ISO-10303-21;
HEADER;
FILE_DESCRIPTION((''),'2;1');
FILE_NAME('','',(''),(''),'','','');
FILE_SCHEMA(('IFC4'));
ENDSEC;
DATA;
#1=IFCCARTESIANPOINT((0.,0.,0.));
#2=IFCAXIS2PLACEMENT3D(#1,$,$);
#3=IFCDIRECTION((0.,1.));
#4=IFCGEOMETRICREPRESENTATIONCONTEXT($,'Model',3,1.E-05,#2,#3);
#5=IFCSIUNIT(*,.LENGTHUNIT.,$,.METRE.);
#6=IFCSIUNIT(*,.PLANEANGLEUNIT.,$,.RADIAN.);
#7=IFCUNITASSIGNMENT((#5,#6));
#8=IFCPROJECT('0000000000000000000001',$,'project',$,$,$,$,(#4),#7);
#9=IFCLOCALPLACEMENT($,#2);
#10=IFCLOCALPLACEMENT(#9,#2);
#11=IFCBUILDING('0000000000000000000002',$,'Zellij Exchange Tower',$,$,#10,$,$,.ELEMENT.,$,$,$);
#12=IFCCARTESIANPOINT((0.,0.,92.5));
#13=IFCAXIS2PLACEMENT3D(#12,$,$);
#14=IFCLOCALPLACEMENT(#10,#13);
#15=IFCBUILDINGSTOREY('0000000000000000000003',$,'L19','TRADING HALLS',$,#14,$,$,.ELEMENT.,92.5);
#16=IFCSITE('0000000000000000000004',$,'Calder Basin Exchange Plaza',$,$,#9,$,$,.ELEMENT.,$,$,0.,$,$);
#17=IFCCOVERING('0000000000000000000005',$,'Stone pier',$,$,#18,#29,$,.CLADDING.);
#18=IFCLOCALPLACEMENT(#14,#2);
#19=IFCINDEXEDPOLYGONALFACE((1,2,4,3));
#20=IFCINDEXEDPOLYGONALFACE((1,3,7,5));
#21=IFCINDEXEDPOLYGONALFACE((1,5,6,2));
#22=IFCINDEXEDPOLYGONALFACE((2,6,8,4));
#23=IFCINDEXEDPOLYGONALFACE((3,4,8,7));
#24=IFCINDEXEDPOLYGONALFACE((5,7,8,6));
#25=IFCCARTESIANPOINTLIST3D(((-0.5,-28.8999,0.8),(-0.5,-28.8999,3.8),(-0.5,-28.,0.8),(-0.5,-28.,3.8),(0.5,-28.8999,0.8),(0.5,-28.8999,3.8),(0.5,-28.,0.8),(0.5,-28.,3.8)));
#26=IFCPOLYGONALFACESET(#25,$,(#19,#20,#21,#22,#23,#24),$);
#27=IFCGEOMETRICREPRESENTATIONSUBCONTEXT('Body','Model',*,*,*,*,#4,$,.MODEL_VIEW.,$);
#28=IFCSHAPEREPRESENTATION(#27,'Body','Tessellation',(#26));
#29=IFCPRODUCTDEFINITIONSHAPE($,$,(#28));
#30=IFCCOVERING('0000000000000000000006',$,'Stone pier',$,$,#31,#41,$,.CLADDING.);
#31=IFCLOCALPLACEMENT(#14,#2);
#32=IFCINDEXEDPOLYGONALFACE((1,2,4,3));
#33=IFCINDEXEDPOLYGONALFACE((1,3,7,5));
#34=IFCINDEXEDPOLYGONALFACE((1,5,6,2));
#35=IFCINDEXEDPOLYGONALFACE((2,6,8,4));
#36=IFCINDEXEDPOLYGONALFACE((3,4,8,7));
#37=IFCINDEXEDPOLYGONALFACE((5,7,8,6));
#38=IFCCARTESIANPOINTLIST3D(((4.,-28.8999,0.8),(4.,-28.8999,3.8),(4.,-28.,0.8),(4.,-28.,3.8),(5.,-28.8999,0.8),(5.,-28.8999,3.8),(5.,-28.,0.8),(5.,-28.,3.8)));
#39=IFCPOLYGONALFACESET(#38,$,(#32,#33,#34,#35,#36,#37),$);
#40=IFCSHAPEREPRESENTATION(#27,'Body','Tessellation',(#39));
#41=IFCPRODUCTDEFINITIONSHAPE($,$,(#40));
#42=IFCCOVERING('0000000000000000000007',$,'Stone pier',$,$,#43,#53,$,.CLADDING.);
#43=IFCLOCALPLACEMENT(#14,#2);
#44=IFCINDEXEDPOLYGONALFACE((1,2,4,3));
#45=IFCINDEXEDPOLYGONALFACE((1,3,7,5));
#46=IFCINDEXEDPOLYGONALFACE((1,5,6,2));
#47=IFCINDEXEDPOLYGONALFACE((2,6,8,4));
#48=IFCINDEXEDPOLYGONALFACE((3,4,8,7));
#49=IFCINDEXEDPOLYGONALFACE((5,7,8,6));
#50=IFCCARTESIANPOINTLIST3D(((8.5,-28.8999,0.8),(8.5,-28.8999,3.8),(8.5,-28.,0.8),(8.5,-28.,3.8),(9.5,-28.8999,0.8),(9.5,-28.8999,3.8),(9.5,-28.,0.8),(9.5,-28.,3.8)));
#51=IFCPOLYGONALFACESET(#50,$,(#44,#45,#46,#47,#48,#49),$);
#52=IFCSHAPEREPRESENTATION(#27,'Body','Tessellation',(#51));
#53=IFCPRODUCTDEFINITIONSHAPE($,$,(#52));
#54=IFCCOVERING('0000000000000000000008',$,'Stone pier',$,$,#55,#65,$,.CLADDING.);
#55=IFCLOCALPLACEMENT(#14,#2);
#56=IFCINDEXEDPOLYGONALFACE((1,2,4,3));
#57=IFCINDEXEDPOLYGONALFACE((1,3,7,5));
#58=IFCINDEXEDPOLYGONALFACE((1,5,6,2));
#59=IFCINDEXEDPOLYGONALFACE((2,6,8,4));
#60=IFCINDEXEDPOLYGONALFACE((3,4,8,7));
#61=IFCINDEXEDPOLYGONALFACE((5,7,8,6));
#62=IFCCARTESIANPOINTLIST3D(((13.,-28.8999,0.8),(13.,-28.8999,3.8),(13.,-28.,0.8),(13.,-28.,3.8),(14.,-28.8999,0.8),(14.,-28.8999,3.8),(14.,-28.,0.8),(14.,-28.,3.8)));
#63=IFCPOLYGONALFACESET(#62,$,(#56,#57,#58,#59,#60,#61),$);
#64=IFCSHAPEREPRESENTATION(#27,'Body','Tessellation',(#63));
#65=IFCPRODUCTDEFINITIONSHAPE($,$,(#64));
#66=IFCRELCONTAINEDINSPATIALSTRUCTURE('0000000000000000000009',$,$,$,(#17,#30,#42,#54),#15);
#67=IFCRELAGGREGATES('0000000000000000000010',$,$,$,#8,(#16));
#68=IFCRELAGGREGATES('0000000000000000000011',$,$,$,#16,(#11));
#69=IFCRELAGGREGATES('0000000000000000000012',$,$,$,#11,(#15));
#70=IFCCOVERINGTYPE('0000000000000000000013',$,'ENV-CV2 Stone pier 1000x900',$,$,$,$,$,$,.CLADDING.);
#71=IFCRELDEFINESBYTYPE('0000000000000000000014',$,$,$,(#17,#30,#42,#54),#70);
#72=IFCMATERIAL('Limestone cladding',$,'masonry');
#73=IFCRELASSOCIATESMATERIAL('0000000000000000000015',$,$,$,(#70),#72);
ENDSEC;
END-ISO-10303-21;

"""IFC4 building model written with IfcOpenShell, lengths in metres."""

from ifc_helpers import new_model, si_unit, direction, frame, origin, place, context, subcontext, project, spatial, polyline, outline, extrude, material, type_object, element, save


model = new_model("IFC4")

# Units and contexts
model_context = context("Model", 3, precision=1e-05, world=origin(), true_north=direction((0.0, 1.0)))
body_context = subcontext(model_context, "Body", "Model", "MODEL_VIEW")
ifc_project = project(units=[si_unit("LENGTHUNIT", "METRE"), si_unit("PLANEANGLEUNIT", "RADIAN")], contexts=[model_context])

# Site, building, storey
site_placement = place(None, origin())
site = spatial("IfcSite", under=ifc_project, at=site_placement, Name="Calder Basin Exchange Plaza", CompositionType="ELEMENT", RefElevation=0.0)
building_placement = place(site_placement, origin())
building = spatial("IfcBuilding", under=site, at=building_placement, Name="Zellij Exchange Tower", CompositionType="ELEMENT")
storey_placement = place(building_placement, frame((0.0, 0.0, 92.5)))
storey = spatial("IfcBuildingStorey", under=building, at=storey_placement, Name="L19", Description="TRADING HALLS", CompositionType="ELEMENT", Elevation=92.5)

# Coverings
ifc_material_1 = material(Name="Limestone cladding", Category="masonry")
covering_type = type_object("IfcCoveringType", Name="ENV-CV2 Stone pier 1000x900", PredefinedType="CLADDING", material=ifc_material_1)
covering_1_placement = place(storey_placement, frame((0.0, 0.0, 0.8)))
element("IfcCovering", 1, at=covering_1_placement, inside=storey, type_object=covering_type, Name="Stone pier", PredefinedType="CLADDING", context=body_context, shape_type="SweptSolid", body=[
    extrude(outline(polyline([(-0.5, -28.0), (0.5, -28.0), (0.5, -28.8999), (-0.5, -28.8999), (-0.5, -28.0)])), origin(), (0.0, 0.0, 1.0), 3.0),
])
covering_2_placement = place(storey_placement, frame((0.0, 0.0, 0.8)))
element("IfcCovering", 2, at=covering_2_placement, inside=storey, type_object=covering_type, Name="Stone pier", PredefinedType="CLADDING", context=body_context, shape_type="SweptSolid", body=[
    extrude(outline(polyline([(4.0, -28.0), (5.0, -28.0), (5.0, -28.8999), (4.0, -28.8999), (4.0, -28.0)])), origin(), (0.0, 0.0, 1.0), 3.0),
])
covering_3_placement = place(storey_placement, frame((0.0, 0.0, 0.8)))
element("IfcCovering", 3, at=covering_3_placement, inside=storey, type_object=covering_type, Name="Stone pier", PredefinedType="CLADDING", context=body_context, shape_type="SweptSolid", body=[
    extrude(outline(polyline([(8.5, -28.0), (9.5, -28.0), (9.5, -28.8999), (8.5, -28.8999), (8.5, -28.0)])), origin(), (0.0, 0.0, 1.0), 3.0),
])
covering_4_placement = place(storey_placement, frame((0.0, 0.0, 0.8)))
element("IfcCovering", 4, at=covering_4_placement, inside=storey, type_object=covering_type, Name="Stone pier", PredefinedType="CLADDING", context=body_context, shape_type="SweptSolid", body=[
    extrude(outline(polyline([(13.0, -28.0), (14.0, -28.0), (14.0, -28.8999), (13.0, -28.8999), (13.0, -28.0)])), origin(), (0.0, 0.0, 1.0), 3.0),
])

save(model, "model.ifc")
